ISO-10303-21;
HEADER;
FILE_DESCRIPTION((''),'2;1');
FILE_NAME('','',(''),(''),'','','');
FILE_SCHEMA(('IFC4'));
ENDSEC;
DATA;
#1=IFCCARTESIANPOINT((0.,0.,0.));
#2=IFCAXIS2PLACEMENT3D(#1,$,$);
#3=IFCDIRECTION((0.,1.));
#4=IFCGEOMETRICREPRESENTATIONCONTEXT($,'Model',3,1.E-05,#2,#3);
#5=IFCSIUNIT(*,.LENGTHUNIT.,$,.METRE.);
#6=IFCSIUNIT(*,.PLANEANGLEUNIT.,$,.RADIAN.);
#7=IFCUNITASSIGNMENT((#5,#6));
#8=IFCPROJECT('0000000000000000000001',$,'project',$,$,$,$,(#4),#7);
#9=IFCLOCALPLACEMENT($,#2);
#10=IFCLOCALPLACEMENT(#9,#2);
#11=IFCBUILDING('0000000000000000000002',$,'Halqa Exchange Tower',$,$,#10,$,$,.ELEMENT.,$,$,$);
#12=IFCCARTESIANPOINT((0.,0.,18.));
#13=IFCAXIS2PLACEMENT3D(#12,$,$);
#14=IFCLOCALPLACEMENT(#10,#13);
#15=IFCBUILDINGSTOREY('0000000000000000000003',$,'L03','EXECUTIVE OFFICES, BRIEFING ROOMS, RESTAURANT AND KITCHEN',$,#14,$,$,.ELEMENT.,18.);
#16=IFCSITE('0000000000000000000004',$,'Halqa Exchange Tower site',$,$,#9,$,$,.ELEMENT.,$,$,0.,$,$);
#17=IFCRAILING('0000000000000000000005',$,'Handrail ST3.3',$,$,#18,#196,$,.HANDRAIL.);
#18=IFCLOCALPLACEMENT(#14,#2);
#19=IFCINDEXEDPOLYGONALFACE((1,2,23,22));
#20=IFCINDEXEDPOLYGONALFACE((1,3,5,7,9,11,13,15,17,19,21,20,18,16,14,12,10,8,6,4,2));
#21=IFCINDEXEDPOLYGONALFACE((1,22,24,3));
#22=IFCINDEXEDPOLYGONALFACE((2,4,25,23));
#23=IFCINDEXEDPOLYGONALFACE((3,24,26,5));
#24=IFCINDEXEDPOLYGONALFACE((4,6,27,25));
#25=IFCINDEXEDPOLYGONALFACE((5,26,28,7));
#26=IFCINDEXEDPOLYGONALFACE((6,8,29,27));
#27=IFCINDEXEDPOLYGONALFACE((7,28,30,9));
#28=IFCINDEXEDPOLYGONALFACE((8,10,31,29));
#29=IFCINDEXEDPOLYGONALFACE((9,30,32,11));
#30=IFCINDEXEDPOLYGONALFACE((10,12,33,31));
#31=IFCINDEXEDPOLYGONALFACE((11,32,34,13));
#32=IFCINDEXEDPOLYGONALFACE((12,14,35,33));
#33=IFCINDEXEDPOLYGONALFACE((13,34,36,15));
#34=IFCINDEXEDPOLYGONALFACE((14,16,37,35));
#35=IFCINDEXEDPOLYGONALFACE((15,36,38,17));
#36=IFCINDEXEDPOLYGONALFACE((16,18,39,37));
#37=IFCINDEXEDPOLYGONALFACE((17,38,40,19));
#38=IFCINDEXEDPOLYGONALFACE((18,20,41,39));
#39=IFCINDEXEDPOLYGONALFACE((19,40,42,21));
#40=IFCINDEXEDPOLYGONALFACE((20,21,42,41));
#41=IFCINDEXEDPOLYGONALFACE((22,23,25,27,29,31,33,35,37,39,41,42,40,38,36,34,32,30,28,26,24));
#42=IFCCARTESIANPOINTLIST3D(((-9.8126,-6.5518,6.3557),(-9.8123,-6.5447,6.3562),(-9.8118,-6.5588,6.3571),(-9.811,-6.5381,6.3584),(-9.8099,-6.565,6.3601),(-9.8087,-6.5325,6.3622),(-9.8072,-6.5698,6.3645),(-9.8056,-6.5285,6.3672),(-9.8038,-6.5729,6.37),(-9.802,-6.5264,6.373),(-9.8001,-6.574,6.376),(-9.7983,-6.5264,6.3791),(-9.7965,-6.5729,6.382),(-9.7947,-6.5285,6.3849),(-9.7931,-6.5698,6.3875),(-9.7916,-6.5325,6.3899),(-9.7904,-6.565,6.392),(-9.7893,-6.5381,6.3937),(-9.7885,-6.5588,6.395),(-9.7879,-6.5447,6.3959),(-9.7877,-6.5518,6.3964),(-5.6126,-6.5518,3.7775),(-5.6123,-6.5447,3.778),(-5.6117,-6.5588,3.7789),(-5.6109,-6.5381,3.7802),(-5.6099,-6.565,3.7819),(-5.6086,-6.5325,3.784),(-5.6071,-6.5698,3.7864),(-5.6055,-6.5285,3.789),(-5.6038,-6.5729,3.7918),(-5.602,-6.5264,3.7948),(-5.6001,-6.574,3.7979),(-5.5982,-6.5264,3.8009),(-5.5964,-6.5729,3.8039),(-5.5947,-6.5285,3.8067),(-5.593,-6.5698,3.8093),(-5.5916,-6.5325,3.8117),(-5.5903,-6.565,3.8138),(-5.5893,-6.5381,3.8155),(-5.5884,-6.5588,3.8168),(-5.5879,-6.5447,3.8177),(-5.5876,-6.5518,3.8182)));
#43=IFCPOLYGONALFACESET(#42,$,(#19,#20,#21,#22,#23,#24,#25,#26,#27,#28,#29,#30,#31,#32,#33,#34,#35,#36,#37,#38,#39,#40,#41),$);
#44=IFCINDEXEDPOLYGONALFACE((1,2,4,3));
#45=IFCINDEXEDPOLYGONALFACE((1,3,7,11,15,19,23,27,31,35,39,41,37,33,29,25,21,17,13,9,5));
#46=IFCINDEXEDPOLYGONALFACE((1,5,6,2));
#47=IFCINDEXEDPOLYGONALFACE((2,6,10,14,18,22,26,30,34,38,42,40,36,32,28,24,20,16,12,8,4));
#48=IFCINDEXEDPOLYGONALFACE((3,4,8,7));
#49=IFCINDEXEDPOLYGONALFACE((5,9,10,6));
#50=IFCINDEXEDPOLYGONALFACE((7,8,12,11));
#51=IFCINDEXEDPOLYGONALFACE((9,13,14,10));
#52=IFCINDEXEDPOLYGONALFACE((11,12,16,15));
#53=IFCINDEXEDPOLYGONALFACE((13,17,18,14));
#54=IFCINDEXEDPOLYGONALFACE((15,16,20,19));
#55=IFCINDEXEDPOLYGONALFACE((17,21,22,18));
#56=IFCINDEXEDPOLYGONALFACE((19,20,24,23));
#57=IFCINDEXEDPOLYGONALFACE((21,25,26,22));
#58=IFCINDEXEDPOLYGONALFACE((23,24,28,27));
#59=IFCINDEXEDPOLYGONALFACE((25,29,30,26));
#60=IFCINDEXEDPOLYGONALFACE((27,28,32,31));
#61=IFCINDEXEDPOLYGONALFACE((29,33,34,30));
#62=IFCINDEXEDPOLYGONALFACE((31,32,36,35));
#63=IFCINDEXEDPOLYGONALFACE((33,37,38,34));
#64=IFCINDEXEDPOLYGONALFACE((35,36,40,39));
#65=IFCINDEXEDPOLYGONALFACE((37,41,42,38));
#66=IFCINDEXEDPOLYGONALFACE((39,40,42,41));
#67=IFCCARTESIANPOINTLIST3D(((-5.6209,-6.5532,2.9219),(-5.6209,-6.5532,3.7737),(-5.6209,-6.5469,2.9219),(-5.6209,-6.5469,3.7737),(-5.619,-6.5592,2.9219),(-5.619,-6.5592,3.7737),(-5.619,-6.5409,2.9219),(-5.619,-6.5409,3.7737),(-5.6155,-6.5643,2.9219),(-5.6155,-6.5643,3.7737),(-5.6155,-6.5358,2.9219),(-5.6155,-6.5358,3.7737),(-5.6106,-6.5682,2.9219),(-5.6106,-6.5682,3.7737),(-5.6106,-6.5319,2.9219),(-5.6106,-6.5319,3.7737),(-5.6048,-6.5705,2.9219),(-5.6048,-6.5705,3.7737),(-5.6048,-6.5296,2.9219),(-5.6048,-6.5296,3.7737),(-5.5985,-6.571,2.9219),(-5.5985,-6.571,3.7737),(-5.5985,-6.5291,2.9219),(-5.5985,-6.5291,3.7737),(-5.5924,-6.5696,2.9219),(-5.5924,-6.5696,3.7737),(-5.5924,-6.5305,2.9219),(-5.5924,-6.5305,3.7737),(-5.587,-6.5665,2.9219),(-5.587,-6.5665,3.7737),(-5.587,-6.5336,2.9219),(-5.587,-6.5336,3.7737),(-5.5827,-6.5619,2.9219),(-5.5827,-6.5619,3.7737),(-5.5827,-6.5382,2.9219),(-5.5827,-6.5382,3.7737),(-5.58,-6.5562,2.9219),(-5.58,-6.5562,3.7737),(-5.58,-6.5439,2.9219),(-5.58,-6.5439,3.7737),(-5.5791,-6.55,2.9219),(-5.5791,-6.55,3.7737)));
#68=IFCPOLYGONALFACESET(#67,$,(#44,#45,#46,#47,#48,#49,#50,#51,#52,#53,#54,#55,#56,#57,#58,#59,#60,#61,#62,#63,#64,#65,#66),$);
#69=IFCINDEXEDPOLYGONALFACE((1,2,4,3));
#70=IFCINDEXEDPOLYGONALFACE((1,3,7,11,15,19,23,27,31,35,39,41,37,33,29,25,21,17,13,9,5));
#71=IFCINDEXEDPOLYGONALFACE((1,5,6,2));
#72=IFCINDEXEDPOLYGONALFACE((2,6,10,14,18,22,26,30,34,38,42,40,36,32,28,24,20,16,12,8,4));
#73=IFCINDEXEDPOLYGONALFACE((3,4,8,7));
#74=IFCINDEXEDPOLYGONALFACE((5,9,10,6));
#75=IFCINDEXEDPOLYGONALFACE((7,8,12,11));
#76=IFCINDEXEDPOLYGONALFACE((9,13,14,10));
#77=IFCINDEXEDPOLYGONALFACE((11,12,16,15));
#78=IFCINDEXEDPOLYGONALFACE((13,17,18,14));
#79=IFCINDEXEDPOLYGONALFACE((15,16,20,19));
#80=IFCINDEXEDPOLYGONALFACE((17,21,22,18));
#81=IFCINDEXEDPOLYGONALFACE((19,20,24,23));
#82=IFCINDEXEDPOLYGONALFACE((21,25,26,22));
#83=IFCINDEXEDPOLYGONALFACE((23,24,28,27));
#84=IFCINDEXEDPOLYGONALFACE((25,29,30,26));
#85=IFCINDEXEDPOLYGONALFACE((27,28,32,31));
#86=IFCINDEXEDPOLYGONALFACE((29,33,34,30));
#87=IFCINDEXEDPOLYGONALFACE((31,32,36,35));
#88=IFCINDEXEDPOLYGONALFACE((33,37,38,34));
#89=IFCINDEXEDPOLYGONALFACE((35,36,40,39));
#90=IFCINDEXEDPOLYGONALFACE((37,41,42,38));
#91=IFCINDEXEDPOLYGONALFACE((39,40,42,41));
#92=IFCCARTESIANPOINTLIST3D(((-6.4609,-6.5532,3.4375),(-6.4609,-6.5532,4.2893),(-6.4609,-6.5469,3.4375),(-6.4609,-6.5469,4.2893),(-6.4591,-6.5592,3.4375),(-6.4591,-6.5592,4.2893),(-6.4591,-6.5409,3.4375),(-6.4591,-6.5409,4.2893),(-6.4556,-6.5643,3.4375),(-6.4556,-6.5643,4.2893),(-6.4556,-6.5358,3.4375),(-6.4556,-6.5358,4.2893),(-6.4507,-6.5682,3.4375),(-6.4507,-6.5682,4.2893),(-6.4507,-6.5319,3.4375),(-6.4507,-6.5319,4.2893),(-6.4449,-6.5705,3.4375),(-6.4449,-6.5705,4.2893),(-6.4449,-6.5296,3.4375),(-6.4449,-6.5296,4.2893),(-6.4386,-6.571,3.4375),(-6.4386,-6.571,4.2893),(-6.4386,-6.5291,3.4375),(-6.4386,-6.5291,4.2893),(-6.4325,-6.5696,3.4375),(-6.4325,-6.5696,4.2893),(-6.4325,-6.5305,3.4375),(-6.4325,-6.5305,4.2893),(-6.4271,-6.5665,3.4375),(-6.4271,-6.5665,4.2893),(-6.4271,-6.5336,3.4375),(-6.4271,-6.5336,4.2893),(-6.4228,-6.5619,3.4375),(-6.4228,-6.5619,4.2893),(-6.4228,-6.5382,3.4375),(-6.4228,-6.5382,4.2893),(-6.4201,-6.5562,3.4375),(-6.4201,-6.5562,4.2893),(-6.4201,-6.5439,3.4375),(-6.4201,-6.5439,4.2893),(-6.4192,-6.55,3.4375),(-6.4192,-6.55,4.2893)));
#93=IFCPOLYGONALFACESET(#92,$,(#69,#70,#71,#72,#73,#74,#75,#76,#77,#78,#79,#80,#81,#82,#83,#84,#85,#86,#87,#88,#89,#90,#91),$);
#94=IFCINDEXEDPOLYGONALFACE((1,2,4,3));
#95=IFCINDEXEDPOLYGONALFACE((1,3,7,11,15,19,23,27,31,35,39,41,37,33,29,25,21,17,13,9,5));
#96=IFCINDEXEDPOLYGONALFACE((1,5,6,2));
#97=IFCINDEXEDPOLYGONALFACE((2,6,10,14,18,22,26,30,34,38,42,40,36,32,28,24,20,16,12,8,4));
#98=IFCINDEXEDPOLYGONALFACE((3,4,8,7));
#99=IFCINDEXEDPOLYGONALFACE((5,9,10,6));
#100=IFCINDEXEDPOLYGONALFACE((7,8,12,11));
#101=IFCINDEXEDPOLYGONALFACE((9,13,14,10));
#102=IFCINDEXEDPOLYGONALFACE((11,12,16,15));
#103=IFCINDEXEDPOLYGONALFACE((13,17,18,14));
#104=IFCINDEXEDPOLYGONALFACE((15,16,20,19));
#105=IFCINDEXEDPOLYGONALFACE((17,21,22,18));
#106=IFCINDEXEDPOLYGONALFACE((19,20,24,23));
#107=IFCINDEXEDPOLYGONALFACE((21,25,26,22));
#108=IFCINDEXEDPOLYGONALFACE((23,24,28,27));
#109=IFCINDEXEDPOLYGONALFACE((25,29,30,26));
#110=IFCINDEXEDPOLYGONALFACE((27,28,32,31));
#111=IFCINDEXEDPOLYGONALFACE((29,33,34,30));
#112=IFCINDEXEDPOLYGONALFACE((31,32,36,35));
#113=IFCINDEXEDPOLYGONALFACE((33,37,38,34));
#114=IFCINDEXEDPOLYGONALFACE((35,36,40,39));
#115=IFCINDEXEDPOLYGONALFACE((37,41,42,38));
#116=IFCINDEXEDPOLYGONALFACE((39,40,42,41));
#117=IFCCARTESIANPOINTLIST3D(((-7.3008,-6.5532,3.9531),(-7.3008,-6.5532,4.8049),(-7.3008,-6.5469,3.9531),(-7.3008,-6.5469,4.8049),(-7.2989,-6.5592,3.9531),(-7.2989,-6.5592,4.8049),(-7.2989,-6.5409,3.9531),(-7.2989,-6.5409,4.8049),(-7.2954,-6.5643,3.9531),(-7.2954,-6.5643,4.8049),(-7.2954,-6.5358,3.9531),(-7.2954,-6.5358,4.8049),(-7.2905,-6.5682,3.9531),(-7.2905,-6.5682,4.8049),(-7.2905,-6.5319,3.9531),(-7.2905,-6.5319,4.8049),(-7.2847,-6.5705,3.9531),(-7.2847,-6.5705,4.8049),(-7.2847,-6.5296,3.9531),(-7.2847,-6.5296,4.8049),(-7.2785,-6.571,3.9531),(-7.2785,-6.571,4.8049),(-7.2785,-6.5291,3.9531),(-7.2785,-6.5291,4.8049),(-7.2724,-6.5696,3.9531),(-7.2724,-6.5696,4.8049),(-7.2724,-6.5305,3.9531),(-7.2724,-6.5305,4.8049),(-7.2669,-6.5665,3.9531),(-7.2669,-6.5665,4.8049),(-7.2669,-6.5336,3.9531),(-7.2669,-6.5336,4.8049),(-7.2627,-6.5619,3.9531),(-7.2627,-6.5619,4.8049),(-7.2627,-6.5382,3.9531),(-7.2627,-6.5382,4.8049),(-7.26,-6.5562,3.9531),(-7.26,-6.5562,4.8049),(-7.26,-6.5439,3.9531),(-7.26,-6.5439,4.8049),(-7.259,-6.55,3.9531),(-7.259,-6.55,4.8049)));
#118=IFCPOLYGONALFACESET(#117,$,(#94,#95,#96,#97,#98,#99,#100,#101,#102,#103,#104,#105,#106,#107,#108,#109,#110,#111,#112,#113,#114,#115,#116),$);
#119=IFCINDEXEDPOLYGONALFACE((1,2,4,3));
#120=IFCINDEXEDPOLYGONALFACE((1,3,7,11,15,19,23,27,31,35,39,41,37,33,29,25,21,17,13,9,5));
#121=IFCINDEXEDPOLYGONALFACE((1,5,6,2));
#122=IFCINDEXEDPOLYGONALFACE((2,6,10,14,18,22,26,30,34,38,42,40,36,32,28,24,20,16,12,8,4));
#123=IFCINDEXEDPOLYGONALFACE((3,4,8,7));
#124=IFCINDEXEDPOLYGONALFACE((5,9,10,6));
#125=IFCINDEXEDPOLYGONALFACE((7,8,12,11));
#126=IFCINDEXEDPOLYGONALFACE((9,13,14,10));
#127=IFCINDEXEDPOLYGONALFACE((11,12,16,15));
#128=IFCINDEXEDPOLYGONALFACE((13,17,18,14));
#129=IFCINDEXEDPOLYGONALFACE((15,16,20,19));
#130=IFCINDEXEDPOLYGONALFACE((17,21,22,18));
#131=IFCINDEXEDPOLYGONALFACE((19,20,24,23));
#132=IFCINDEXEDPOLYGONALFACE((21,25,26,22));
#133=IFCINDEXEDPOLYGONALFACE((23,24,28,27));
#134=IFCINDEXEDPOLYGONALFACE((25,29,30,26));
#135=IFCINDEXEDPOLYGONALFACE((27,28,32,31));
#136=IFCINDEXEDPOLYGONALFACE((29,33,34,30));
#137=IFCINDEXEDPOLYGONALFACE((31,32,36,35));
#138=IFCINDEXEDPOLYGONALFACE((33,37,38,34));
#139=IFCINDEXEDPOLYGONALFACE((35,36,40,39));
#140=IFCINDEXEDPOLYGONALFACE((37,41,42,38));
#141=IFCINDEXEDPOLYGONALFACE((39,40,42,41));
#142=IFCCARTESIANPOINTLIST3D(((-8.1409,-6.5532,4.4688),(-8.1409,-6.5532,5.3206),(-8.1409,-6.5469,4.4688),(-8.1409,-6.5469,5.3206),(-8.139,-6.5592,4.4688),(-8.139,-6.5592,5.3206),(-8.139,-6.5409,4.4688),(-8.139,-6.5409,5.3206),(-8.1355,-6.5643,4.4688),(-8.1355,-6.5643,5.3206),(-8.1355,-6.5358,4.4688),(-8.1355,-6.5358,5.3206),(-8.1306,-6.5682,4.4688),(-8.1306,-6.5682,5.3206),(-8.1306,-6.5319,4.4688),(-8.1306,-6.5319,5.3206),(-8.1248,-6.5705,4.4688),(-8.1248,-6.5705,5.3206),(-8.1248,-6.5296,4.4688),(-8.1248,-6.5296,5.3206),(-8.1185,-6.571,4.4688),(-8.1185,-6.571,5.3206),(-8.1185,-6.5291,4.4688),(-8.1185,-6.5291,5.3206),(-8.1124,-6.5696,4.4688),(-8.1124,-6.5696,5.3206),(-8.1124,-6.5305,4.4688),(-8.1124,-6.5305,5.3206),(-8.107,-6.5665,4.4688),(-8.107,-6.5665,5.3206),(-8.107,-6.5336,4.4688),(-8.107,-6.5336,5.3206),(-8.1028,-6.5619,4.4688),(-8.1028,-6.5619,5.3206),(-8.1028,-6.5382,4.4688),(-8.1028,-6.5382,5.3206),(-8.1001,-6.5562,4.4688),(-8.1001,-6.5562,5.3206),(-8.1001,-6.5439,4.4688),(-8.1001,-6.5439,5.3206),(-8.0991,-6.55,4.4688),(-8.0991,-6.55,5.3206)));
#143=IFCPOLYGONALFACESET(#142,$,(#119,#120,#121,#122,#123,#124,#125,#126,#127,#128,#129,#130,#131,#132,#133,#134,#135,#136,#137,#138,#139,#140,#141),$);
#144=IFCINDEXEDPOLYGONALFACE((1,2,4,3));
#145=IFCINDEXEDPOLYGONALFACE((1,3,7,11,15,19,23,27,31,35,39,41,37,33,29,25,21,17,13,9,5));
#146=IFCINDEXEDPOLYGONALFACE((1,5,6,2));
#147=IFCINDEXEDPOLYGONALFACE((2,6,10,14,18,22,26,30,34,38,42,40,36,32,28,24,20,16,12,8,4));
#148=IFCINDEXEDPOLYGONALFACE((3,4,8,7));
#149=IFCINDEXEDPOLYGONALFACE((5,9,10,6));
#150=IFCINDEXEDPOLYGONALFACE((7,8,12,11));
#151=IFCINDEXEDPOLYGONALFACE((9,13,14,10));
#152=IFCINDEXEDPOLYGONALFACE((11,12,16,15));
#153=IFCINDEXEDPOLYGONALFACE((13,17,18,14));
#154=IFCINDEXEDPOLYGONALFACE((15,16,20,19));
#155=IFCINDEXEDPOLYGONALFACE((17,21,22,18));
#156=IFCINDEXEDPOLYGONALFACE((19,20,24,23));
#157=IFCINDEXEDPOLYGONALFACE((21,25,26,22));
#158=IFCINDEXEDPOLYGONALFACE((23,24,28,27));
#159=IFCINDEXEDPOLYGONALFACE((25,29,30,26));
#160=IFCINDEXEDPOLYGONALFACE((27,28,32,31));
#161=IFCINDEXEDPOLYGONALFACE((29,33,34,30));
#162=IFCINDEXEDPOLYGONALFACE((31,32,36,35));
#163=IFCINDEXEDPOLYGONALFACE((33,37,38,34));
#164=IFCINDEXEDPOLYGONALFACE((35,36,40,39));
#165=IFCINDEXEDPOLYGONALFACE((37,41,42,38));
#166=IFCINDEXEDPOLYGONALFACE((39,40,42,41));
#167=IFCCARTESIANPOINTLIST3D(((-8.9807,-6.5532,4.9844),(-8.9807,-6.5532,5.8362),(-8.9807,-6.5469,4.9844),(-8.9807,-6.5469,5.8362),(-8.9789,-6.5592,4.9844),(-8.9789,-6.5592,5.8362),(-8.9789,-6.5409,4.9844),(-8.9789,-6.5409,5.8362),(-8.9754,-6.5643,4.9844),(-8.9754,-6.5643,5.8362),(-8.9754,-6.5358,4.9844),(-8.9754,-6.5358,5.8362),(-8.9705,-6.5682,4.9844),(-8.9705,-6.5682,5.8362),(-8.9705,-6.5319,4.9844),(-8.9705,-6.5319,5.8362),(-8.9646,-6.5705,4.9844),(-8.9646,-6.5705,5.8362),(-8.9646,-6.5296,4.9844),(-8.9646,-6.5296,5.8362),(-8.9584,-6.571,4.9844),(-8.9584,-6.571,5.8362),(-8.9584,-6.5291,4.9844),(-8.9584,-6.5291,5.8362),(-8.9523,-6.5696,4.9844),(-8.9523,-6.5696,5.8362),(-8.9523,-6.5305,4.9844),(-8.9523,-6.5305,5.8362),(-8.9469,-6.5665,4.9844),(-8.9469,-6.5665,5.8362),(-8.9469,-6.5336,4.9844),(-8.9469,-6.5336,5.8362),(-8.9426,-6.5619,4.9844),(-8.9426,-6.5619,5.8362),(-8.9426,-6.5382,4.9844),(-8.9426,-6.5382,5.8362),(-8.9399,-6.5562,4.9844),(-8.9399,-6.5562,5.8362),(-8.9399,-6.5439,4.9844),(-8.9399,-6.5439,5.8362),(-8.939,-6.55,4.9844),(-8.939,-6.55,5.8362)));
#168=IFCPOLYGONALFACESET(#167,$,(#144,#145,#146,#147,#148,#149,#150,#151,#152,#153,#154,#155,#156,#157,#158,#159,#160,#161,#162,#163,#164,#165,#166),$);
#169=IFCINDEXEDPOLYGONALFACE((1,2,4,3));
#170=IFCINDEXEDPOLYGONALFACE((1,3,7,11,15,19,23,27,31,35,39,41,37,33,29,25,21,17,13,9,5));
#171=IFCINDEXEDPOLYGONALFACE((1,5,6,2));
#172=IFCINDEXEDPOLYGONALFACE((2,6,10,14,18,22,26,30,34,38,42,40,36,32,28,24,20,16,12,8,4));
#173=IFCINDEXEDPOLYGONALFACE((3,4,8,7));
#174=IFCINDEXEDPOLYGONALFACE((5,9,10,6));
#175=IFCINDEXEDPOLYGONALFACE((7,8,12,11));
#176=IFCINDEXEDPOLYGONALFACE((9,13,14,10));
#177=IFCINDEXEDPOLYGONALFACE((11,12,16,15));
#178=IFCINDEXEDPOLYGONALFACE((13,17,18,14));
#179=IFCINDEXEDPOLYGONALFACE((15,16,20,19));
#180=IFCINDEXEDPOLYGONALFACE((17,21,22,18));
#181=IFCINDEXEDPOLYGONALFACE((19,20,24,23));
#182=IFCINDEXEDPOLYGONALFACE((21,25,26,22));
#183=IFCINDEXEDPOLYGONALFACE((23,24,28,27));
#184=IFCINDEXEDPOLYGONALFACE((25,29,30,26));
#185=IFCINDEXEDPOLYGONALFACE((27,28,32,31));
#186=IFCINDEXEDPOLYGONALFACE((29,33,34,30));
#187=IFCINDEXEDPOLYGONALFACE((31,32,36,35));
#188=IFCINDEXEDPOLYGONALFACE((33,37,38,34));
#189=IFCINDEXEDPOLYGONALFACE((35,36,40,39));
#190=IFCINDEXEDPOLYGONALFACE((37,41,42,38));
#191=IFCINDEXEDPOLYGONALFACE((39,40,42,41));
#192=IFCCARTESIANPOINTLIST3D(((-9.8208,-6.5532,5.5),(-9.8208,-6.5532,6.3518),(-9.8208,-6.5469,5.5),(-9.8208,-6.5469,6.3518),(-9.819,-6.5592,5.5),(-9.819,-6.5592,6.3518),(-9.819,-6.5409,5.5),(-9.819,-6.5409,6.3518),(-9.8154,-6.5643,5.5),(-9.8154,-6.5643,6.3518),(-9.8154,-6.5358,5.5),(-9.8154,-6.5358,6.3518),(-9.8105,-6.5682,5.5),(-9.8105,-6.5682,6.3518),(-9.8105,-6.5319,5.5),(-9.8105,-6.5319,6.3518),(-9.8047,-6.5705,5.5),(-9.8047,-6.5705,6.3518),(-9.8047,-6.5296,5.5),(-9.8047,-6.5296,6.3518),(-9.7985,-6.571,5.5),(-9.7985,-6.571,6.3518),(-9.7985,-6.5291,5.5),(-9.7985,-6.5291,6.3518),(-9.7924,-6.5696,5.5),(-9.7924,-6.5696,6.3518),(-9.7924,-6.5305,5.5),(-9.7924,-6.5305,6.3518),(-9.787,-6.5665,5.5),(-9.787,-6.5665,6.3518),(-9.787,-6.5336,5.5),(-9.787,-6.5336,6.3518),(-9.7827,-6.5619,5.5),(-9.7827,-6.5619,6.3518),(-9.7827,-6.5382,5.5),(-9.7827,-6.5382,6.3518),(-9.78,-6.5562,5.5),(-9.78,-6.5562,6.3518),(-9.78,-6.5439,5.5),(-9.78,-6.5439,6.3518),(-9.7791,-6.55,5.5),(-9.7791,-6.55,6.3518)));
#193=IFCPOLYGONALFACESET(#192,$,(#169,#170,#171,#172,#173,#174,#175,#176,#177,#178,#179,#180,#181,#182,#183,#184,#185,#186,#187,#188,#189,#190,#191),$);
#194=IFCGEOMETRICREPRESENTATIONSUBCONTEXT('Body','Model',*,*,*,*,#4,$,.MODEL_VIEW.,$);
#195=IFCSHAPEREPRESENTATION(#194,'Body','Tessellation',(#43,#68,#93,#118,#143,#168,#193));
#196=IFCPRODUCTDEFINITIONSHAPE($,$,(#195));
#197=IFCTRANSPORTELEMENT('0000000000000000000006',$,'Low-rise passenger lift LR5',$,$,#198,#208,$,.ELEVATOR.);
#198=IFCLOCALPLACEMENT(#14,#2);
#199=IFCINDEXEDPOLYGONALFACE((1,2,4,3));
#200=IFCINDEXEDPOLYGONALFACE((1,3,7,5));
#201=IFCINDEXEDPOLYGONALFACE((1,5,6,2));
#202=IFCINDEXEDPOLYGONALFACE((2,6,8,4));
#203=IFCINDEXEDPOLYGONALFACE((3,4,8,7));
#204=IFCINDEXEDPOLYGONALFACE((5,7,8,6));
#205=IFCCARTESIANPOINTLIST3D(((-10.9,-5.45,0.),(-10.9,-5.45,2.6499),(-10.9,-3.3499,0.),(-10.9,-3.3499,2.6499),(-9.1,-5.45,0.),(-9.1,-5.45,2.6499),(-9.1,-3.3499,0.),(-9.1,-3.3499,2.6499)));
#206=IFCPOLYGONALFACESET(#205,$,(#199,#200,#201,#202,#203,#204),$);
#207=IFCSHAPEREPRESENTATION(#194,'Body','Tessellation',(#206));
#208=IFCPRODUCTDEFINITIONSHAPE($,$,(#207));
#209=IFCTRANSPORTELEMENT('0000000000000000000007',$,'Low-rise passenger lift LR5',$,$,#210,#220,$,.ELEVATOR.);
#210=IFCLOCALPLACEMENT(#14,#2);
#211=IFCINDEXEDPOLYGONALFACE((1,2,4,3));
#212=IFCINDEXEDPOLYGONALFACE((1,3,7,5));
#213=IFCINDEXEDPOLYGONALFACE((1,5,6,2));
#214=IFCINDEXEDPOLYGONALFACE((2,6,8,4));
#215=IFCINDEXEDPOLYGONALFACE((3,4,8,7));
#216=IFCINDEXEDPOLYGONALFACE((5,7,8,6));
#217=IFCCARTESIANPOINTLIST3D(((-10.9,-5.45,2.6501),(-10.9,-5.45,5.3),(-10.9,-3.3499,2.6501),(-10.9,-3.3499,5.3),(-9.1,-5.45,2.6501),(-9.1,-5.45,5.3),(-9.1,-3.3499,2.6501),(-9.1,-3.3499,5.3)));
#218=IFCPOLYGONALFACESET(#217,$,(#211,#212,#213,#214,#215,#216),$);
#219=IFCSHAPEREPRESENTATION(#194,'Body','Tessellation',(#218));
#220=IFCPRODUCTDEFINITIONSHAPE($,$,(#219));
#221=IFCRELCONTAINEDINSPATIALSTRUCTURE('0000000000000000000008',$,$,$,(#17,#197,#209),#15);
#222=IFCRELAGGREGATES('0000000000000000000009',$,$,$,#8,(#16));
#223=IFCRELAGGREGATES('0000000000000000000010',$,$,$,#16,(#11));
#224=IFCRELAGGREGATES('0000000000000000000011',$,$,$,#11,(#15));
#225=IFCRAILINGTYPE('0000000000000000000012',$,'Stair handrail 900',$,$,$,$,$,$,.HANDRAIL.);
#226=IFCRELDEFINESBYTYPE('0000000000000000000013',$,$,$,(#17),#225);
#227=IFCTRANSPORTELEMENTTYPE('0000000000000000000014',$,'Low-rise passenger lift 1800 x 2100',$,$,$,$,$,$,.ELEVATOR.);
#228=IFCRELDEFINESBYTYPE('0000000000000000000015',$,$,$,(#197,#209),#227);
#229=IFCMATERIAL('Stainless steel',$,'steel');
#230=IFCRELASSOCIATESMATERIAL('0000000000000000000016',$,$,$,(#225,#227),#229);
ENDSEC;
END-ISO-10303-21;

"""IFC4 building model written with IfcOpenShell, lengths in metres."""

from ifc_helpers import new_model, si_unit, direction, frame, origin, origin_2d, place, context, subcontext, project, spatial, rectangle, circle, extrude, material, type_object, element, save


model = new_model("IFC4")

# Units and contexts
model_context = context("Model", 3, precision=1e-05, world=origin(), true_north=direction((0.0, 1.0)))
body_context = subcontext(model_context, "Body", "Model", "MODEL_VIEW")
ifc_project = project(units=[si_unit("LENGTHUNIT", "METRE"), si_unit("PLANEANGLEUNIT", "RADIAN")], contexts=[model_context])

# Site, building, storey
site_placement = place(None, origin())
site = spatial("IfcSite", under=ifc_project, at=site_placement, Name="Halqa Exchange Tower site", CompositionType="ELEMENT", RefElevation=0.0)
building_placement = place(site_placement, origin())
building = spatial("IfcBuilding", under=site, at=building_placement, Name="Halqa Exchange Tower", CompositionType="ELEMENT")
storey_placement = place(building_placement, frame((0.0, 0.0, 18.0)))
storey = spatial("IfcBuildingStorey", under=building, at=storey_placement, Name="L03", Description="EXECUTIVE OFFICES, BRIEFING ROOMS, RESTAURANT AND KITCHEN", CompositionType="ELEMENT", Elevation=18.0)

# Shared definitions
ifc_material_1 = material(Name="Stainless steel", Category="steel")

# Railing
railing_type = type_object("IfcRailingType", Name="Stair handrail 900", PredefinedType="HANDRAIL", material=ifc_material_1)
railing_1_placement = place(storey_placement, frame((-5.6001, -6.55, 2.9219)))
element("IfcRailing", 1, at=railing_1_placement, inside=storey, type_object=railing_type, Name="Handrail ST3.3", PredefinedType="HANDRAIL", context=body_context, shape_type="SweptSolid", body=[
    extrude(circle(Radius=0.0239, at=origin_2d()), frame((0.0, 0.0, 0.876), z_axis=(-0.852243, 0.0, 0.523146), x_axis=(0.0, -1.0, 0.0)), (0.0, 0.0, 1.0), 4.9282),
    extrude(circle(Radius=0.021, at=origin_2d()), origin(), (0.0, 0.0, 1.0), 0.8518),
    extrude(circle(Radius=0.021, at=origin_2d()), frame((-0.8401, 0.0, 0.5156)), (0.0, 0.0, 1.0), 0.8518),
    extrude(circle(Radius=0.021, at=origin_2d()), frame((-1.6799, 0.0, 1.0312)), (0.0, 0.0, 1.0), 0.8518),
    extrude(circle(Radius=0.021, at=origin_2d()), frame((-2.52, 0.0, 1.5469)), (0.0, 0.0, 1.0), 0.8518),
    extrude(circle(Radius=0.021, at=origin_2d()), frame((-3.3599, 0.0, 2.0625)), (0.0, 0.0, 1.0), 0.8518),
    extrude(circle(Radius=0.021, at=origin_2d()), frame((-4.2, 0.0, 2.5781)), (0.0, 0.0, 1.0), 0.8518),
])

# Transport elements
transport_element_type = type_object("IfcTransportElementType", Name="Low-rise passenger lift 1800 x 2100", PredefinedType="ELEVATOR", material=ifc_material_1)
for number, where, z_axis, x_axis, name in (
    (2, (-10.0, -4.3999, 0.0), (0.0, 0.0, 1.0), (1.0, 0.0, 0.0), "Low-rise passenger lift LR5"),
    (3, (-10.0, -4.3999, 2.6501), (0.0, 0.0, 1.0), (1.0, 0.0, 0.0), "Low-rise passenger lift LR5"),
):
    element("IfcTransportElement", number, at=place(storey_placement, frame(where, z_axis=z_axis, x_axis=x_axis)), inside=storey, type_object=transport_element_type, Name=name, PredefinedType="ELEVATOR", context=body_context, shape_type="SweptSolid", body=[
        extrude(rectangle(XDim=1.8, YDim=2.1001, at=origin_2d()), origin(), (0.0, 0.0, 1.0), 2.6499),
    ])

save(model, "model.ifc")
